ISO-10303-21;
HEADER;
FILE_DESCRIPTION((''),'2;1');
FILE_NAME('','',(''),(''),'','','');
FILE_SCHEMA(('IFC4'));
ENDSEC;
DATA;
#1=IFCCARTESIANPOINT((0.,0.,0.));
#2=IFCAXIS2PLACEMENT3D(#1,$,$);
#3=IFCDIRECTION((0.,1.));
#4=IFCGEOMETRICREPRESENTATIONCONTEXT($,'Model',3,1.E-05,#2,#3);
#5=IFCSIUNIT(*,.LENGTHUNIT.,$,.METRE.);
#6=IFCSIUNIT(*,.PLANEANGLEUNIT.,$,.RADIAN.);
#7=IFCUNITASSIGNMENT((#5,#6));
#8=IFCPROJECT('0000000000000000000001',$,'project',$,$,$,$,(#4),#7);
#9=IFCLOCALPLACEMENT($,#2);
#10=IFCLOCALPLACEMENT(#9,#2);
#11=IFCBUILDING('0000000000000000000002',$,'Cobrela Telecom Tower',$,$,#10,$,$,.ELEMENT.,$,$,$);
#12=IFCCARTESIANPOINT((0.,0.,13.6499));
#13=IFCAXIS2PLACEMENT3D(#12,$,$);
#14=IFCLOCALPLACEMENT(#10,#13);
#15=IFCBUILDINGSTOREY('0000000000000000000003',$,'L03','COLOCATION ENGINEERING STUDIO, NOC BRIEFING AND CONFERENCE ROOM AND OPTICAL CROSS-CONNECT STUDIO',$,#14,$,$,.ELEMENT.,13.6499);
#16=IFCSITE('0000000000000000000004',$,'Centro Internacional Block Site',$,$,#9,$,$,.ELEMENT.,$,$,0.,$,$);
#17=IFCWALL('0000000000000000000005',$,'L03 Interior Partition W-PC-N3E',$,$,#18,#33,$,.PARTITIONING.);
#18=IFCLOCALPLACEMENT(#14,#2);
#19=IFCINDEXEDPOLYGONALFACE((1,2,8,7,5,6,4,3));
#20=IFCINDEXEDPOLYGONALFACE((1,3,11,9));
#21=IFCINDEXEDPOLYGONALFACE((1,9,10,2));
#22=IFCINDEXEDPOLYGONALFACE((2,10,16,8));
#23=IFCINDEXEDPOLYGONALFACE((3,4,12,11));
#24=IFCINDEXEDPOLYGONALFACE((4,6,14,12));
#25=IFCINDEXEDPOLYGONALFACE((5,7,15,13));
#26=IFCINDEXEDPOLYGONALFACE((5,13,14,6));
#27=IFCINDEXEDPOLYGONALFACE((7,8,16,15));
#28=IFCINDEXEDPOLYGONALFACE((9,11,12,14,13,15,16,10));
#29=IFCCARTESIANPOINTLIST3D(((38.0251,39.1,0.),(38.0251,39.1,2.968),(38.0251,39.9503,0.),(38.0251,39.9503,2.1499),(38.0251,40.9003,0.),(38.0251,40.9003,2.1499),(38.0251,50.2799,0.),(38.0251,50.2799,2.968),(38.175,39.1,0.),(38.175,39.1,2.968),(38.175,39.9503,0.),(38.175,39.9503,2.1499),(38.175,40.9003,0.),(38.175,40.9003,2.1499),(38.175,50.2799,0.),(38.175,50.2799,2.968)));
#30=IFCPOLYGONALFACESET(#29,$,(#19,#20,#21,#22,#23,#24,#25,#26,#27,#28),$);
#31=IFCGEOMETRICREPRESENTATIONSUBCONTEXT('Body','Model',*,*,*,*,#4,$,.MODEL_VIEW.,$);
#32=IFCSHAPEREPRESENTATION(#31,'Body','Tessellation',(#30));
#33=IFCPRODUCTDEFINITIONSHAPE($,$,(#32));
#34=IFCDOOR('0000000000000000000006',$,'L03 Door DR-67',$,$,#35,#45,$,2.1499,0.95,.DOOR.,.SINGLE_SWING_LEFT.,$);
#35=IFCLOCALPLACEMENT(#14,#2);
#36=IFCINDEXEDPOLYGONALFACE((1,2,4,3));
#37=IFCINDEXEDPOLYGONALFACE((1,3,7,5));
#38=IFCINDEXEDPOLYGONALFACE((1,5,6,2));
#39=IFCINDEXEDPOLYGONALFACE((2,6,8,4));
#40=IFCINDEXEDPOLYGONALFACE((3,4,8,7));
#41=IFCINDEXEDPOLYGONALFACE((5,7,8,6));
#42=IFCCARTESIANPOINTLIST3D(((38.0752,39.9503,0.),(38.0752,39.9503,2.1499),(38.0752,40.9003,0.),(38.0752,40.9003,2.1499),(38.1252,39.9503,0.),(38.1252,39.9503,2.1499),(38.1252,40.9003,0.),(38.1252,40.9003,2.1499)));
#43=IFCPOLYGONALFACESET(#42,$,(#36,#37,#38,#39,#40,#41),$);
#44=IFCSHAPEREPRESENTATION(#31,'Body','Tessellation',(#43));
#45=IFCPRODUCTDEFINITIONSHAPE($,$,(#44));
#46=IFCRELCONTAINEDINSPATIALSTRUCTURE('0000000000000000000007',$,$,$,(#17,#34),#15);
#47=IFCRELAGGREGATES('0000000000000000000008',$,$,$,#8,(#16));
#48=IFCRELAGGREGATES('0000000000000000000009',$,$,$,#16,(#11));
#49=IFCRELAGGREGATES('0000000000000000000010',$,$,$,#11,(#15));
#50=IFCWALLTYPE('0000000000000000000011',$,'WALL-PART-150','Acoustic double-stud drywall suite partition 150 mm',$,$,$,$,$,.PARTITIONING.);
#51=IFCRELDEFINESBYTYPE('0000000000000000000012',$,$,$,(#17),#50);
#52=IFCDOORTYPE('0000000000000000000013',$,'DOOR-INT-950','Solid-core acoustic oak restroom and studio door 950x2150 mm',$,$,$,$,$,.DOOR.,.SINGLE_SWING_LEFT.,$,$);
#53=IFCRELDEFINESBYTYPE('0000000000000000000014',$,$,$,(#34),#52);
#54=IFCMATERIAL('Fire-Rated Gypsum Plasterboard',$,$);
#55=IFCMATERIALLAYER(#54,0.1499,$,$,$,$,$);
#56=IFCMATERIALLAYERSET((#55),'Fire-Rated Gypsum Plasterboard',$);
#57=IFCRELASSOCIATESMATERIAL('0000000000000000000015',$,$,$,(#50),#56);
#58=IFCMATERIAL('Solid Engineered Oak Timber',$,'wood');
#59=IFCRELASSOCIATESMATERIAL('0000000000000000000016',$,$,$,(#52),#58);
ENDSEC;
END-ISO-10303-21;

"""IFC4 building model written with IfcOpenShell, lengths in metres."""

from ifc_helpers import new_model, si_unit, direction, frame, frame_2d, origin, place, context, subcontext, project, spatial, rectangle, extrude, material, layer, layer_set, type_object, element, fill, save


model = new_model("IFC4")

# Units and contexts
model_context = context("Model", 3, precision=1e-05, world=origin(), true_north=direction((0.0, 1.0)))
body_context = subcontext(model_context, "Body", "Model", "MODEL_VIEW")
ifc_project = project(units=[si_unit("LENGTHUNIT", "METRE"), si_unit("PLANEANGLEUNIT", "RADIAN")], contexts=[model_context])

# Site, building, storey
site_placement = place(None, origin())
site = spatial("IfcSite", under=ifc_project, at=site_placement, Name="Centro Internacional Block Site", CompositionType="ELEMENT", RefElevation=0.0)
building_placement = place(site_placement, origin())
building = spatial("IfcBuilding", under=site, at=building_placement, Name="Cobrela Telecom Tower", CompositionType="ELEMENT")
storey_placement = place(building_placement, frame((0.0, 0.0, 13.6499)))
storey = spatial("IfcBuildingStorey", under=building, at=storey_placement, Name="L03", Description="COLOCATION ENGINEERING STUDIO, NOC BRIEFING AND CONFERENCE ROOM AND OPTICAL CROSS-CONNECT STUDIO", CompositionType="ELEMENT", Elevation=13.6499)

# Wall, opening, door
ifc_material_1 = material(Name="Fire-Rated Gypsum Plasterboard")
ifc_layer_1 = layer(ifc_material_1, 0.1499)
ifc_layer_set_1 = layer_set([ifc_layer_1], Name="Fire-Rated Gypsum Plasterboard")
wall_type_1 = type_object("IfcWallType", Name="WALL-PART-150", Description="Acoustic double-stud drywall suite partition 150 mm", PredefinedType="PARTITIONING", material=ifc_layer_set_1)
wall_1_placement = place(storey_placement, frame((38.1001, 39.1001, 0.0), z_axis=(0.0, 0.0, 1.0), x_axis=(0.0, 1.0, 0.0)))
wall_1 = element("IfcWall", 1, at=wall_1_placement, inside=storey, type_object=wall_type_1, Name="L03 Interior Partition W-PC-N3E", PredefinedType="PARTITIONING", context=body_context, shape_type="SweptSolid", body=[
    extrude(rectangle(XDim=11.1799, YDim=0.1499, at=frame_2d((5.5898, 0.0))), origin(), (0.0, 0.0, 1.0), 2.968),
])
opening_placement = place(wall_1_placement, frame((0.8501, 0.0, 0.0)))
opening = element("IfcOpeningElement", 2, at=opening_placement, cuts=wall_1, PredefinedType="OPENING", context=body_context, shape_type="SweptSolid", body=[
    extrude(rectangle(XDim=0.95, YDim=2.1499, at=frame_2d((0.4751, 1.075))), frame((0.0, 0.0869, 0.0), z_axis=(0.0, -1.0, 0.0), x_axis=(1.0, 0.0, 0.0)), (0.0, 0.0, 1.0), 0.1738),
])
ifc_material_2 = material(Name="Solid Engineered Oak Timber", Category="wood")
door_type = type_object("IfcDoorType", Name="DOOR-INT-950", Description="Solid-core acoustic oak restroom and studio door 950x2150 mm", OperationType="SINGLE_SWING_LEFT", PredefinedType="DOOR", material=ifc_material_2)
door_placement = place(opening_placement, origin())
door = element("IfcDoor", 3, at=door_placement, inside=storey, type_object=door_type, Name="L03 Door DR-67", OperationType="SINGLE_SWING_LEFT", OverallHeight=2.1499, OverallWidth=0.95, PredefinedType="DOOR", context=body_context, shape_type="SweptSolid", body=[
    extrude(rectangle(XDim=0.95, YDim=2.1499, at=frame_2d((0.4751, 1.075))), frame((0.0, 0.0249, 0.0), z_axis=(0.0, -1.0, 0.0), x_axis=(1.0, 0.0, 0.0)), (0.0, 0.0, 1.0), 0.05),
])
fill(opening, door)

save(model, "model.ifc")
